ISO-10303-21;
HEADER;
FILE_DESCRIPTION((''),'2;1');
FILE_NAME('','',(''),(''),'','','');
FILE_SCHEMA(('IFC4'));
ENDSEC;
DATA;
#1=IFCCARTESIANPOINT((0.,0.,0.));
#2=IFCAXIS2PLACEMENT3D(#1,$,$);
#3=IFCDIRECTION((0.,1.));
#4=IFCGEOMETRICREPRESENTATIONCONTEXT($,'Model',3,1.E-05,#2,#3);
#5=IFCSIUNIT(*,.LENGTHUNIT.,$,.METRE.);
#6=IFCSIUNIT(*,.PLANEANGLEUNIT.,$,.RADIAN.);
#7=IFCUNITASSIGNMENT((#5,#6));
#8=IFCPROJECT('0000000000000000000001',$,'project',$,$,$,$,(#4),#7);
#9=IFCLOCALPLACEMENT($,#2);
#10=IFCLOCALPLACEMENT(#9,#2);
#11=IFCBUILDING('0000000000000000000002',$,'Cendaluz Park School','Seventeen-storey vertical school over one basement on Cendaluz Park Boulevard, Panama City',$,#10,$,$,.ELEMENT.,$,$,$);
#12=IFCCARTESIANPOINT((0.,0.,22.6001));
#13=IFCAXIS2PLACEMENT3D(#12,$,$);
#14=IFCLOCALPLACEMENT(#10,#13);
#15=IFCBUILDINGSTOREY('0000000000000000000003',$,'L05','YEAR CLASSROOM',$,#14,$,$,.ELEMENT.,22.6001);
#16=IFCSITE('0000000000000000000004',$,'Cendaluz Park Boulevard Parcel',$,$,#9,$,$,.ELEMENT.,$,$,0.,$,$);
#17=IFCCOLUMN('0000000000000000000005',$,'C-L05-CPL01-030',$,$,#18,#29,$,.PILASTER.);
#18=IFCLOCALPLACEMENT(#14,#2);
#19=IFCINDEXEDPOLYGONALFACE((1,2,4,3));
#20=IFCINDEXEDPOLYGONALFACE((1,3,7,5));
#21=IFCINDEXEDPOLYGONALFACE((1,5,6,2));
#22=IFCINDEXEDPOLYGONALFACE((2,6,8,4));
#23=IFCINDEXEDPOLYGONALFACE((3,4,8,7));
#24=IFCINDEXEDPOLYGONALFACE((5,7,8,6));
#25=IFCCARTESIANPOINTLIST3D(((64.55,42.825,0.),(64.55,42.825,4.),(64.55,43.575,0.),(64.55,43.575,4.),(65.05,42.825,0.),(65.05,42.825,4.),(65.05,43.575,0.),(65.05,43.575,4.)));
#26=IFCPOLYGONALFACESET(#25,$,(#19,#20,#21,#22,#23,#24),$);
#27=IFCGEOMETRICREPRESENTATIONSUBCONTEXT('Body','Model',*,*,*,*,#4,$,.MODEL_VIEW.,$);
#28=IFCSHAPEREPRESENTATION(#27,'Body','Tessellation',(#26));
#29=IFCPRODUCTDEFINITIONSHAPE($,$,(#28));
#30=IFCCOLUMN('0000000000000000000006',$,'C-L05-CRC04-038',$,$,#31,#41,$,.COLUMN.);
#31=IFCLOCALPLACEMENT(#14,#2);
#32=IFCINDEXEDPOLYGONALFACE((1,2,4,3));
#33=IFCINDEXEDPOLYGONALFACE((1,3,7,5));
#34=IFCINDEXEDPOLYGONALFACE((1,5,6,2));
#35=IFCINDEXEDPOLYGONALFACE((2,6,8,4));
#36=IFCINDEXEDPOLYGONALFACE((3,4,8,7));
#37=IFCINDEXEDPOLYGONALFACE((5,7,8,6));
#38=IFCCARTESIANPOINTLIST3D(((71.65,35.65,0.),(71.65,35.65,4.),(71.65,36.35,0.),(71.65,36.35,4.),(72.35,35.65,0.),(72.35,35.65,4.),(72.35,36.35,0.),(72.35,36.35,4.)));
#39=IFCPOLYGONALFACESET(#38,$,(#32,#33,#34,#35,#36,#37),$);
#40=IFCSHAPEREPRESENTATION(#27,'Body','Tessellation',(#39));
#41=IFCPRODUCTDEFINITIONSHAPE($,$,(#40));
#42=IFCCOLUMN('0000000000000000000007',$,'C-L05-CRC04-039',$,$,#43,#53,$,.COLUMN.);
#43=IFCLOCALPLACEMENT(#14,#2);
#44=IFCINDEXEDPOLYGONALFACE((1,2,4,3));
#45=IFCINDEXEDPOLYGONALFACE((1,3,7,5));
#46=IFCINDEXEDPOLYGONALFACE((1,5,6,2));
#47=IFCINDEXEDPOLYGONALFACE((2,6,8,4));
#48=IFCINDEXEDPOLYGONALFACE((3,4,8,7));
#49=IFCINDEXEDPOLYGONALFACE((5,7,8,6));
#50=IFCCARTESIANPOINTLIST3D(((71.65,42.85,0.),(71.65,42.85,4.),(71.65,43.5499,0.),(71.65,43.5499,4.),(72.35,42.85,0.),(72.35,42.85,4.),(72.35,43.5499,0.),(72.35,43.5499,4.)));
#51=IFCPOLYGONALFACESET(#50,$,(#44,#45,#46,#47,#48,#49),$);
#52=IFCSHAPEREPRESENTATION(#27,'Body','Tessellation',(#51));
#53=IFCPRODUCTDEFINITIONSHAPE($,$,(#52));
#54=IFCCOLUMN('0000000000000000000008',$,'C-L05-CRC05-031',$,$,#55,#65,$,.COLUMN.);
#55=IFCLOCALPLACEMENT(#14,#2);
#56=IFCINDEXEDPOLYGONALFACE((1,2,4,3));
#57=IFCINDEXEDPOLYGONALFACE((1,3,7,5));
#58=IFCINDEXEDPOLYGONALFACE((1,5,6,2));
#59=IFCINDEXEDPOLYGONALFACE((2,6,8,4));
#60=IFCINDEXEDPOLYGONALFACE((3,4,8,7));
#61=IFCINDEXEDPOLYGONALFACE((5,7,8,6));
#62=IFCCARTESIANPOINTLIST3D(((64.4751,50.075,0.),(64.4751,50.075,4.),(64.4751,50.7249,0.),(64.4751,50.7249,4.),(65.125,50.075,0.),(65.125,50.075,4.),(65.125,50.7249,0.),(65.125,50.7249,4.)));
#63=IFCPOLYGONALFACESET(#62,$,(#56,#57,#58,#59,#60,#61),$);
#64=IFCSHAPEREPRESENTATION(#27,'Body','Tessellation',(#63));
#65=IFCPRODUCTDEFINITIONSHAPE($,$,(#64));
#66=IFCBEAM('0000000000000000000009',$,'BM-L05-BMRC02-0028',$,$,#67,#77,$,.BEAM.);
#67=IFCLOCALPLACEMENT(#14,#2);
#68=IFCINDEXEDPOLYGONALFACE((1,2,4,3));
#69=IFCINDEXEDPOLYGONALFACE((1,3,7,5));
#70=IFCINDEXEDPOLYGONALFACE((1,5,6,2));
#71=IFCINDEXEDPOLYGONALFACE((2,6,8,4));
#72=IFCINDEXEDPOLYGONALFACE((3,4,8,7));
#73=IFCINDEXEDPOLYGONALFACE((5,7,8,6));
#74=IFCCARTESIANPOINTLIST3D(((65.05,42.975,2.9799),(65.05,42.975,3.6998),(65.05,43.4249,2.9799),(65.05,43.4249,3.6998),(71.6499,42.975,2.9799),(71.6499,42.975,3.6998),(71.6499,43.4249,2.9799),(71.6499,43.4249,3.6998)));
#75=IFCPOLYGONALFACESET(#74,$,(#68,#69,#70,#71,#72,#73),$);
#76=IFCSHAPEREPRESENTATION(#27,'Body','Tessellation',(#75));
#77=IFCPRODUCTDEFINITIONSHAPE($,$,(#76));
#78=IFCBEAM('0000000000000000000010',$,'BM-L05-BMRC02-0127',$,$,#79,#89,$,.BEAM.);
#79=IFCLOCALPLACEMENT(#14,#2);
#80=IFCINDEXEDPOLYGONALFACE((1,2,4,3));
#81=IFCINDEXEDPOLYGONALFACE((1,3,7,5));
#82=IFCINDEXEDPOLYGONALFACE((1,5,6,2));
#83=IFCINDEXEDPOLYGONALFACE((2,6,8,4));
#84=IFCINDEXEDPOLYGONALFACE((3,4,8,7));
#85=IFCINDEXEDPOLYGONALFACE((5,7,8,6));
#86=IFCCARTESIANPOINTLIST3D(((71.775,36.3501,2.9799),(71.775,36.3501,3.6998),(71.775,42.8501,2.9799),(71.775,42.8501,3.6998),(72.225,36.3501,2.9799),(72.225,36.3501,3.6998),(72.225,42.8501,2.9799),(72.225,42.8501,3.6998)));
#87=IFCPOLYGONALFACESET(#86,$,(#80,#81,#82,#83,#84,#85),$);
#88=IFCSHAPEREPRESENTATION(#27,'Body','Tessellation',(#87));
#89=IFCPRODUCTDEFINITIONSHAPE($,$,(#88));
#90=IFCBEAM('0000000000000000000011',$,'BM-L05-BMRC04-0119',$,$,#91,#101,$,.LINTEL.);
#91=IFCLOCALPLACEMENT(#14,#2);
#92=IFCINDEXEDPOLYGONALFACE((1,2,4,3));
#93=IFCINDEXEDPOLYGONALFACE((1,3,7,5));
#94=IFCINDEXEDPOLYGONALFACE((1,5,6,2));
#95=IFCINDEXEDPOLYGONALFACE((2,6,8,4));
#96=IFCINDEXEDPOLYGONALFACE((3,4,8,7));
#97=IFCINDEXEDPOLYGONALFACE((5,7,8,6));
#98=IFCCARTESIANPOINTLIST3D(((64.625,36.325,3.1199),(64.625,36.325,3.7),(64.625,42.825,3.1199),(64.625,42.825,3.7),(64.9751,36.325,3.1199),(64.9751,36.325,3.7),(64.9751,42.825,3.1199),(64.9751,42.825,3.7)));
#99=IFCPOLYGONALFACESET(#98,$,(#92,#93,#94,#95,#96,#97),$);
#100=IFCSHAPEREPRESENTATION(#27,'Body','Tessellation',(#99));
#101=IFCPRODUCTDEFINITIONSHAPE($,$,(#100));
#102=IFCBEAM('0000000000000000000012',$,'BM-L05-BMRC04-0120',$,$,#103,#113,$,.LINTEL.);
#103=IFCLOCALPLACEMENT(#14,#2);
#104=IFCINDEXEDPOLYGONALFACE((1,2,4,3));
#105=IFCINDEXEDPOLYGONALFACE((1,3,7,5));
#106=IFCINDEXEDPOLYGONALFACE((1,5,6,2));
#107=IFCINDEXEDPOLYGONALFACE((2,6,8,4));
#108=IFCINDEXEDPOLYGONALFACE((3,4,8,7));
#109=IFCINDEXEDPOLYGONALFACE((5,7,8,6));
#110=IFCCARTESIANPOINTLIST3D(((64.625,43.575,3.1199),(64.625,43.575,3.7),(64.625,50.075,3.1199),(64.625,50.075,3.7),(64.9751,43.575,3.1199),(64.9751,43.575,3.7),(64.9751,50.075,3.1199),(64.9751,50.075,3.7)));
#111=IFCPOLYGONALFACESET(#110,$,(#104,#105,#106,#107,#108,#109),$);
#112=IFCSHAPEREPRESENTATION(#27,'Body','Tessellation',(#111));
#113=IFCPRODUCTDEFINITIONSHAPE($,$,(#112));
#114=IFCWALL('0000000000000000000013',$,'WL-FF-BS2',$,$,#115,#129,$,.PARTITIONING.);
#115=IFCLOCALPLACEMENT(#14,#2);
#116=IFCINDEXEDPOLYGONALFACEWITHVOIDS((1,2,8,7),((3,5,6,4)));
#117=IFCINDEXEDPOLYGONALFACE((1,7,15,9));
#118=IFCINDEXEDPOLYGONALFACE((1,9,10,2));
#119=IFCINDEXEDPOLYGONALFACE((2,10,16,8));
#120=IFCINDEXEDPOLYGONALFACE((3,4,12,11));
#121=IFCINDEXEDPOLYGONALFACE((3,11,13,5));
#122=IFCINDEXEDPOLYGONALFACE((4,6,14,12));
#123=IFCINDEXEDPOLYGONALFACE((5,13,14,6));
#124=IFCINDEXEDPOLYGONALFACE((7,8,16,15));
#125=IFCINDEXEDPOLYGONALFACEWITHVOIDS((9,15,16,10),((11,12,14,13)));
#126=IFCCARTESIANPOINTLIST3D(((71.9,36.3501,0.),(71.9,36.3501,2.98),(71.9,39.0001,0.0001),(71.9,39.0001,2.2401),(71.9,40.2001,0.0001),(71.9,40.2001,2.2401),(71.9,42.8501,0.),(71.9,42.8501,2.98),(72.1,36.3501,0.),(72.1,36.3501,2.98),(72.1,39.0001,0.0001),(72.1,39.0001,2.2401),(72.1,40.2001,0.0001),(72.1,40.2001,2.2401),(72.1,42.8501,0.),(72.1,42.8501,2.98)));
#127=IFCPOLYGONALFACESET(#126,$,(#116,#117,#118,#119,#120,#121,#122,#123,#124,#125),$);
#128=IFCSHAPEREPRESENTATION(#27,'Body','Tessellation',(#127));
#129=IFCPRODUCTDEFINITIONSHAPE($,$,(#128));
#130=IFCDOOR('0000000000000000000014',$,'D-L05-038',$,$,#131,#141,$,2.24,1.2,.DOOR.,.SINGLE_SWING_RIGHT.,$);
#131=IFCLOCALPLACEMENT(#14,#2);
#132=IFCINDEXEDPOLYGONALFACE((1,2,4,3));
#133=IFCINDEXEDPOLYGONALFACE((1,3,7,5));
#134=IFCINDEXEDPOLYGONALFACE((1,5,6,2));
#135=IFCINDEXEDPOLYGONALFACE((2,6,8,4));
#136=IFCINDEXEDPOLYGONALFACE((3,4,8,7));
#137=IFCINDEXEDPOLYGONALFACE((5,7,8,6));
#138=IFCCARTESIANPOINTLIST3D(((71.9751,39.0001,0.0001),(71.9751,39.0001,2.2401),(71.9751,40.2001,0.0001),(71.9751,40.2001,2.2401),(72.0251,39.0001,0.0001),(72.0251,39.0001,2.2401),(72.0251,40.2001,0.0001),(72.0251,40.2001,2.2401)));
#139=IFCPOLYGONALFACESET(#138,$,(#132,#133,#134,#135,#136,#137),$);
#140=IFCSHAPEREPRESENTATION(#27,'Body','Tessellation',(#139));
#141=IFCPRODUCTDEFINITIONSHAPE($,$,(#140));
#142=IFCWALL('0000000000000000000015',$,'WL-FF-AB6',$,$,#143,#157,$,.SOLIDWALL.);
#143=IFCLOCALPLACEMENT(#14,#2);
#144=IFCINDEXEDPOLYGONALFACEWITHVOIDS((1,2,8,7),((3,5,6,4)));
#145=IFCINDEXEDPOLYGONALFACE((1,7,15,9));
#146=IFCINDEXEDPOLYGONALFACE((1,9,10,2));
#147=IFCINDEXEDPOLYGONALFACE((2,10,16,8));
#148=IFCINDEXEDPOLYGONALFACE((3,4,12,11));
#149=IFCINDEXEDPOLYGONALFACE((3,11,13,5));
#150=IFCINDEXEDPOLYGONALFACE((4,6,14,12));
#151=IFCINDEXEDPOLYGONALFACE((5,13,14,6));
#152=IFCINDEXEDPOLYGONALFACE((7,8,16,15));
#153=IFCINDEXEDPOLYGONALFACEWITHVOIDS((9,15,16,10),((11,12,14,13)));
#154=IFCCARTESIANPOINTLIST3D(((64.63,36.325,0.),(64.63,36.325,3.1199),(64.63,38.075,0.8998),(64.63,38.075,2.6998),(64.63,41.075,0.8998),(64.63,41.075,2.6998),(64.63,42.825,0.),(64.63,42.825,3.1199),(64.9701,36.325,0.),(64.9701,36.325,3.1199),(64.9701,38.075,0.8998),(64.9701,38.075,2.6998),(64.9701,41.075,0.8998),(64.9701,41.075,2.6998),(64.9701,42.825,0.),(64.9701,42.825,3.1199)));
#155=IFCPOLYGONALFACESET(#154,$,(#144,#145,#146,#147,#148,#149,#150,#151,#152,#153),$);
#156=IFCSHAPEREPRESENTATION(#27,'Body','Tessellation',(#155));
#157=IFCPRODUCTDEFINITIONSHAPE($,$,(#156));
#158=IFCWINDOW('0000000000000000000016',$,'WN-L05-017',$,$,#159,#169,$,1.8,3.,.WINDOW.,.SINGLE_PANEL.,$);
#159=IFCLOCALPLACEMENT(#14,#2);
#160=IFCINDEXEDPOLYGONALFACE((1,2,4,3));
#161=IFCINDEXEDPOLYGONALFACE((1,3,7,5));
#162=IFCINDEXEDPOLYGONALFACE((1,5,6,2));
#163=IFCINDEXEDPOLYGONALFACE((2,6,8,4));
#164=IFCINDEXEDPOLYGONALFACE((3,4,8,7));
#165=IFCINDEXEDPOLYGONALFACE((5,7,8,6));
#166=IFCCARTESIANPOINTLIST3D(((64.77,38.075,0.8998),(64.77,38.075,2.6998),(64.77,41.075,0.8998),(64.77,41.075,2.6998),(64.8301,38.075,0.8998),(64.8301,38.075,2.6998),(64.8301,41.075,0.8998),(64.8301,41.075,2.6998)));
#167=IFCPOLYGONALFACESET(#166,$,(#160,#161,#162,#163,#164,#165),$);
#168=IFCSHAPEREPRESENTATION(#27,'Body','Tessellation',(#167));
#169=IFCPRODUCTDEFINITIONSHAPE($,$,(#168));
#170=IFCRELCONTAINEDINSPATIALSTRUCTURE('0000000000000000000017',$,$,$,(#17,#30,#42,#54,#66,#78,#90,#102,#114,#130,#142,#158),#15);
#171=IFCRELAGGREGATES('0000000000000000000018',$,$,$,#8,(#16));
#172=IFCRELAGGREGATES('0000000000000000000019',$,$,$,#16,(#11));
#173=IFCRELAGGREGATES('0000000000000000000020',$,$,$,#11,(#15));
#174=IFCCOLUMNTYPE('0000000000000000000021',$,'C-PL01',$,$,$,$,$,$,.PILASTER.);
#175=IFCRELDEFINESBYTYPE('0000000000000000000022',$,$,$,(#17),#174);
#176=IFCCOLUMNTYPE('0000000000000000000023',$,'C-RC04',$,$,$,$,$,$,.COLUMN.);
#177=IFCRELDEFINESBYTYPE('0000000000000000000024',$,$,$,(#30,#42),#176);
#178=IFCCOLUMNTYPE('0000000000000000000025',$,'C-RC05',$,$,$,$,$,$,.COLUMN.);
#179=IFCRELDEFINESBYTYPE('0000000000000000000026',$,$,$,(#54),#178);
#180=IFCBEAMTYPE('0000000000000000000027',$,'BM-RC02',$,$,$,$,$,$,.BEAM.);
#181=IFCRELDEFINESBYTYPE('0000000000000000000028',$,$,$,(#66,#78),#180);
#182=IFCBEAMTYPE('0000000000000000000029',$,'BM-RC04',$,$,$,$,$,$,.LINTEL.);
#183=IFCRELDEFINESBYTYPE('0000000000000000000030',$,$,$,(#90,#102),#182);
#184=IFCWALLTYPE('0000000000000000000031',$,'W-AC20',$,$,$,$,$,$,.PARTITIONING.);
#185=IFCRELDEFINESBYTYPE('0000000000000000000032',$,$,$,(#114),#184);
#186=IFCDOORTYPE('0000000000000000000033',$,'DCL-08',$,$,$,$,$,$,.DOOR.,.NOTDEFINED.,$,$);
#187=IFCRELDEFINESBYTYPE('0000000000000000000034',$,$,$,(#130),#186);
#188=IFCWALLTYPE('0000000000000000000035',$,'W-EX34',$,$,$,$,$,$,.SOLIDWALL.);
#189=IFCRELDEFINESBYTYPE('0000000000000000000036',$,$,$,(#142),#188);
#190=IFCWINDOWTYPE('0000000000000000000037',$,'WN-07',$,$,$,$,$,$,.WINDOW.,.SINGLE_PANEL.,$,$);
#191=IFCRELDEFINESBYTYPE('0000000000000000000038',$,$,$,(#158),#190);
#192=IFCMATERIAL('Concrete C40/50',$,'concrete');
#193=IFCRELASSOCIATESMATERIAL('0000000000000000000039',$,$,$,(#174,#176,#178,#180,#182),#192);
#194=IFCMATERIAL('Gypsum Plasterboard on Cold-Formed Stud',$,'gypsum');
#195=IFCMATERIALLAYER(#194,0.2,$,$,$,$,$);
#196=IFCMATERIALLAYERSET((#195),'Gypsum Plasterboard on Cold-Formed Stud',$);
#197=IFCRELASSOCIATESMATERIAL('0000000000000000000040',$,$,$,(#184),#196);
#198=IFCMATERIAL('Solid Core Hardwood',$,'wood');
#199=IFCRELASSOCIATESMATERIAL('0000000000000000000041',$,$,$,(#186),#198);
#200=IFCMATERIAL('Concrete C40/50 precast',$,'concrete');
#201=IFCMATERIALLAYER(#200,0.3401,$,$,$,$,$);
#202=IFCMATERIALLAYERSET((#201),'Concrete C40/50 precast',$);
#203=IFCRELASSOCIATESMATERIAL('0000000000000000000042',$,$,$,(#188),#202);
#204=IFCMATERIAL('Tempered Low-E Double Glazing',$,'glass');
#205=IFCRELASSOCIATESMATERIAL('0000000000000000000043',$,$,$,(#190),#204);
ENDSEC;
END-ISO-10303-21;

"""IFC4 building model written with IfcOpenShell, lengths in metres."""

from ifc_helpers import new_model, si_unit, direction, frame, frame_2d, origin, origin_2d, place, context, subcontext, project, spatial, rectangle, extrude, material, layer, layer_set, material_profile, profile_set, type_object, element, fill, save


model = new_model("IFC4")

# Units and contexts
model_context = context("Model", 3, precision=1e-05, world=origin(), true_north=direction((0.0, 1.0)))
body_context = subcontext(model_context, "Body", "Model", "MODEL_VIEW")
ifc_project = project(units=[si_unit("LENGTHUNIT", "METRE"), si_unit("PLANEANGLEUNIT", "RADIAN")], contexts=[model_context])

# Site, building, storey
site_placement = place(None, origin())
site = spatial("IfcSite", under=ifc_project, at=site_placement, Name="Cendaluz Park Boulevard Parcel", CompositionType="ELEMENT", RefElevation=0.0)
building_placement = place(site_placement, origin())
building = spatial("IfcBuilding", under=site, at=building_placement, Name="Cendaluz Park School", Description="Seventeen-storey vertical school over one basement on Cendaluz Park Boulevard, Panama City", CompositionType="ELEMENT")
storey_placement = place(building_placement, frame((0.0, 0.0, 22.6001)))
storey = spatial("IfcBuildingStorey", under=building, at=storey_placement, Name="L05", Description="YEAR CLASSROOM", CompositionType="ELEMENT", Elevation=22.6001)

# Columns
ifc_material_1 = material(Name="Concrete C40/50", Category="concrete")
ifc_material_profile_1 = material_profile(ifc_material_1, rectangle(XDim=0.5, YDim=0.75, at=origin_2d()), Name="RC 500x750", Category="concrete")
ifc_profile_set_1 = profile_set([ifc_material_profile_1], Name="Concrete C40/50")
column_type_1 = type_object("IfcColumnType", Name="C-PL01", PredefinedType="PILASTER", material=ifc_profile_set_1)
column_1_placement = place(storey_placement, frame((64.8, 43.2, 0.0), z_axis=(0.0, 0.0, 1.0), x_axis=(1.0, 0.0, 0.0)))
element("IfcColumn", 1, at=column_1_placement, inside=storey, type_object=column_type_1, Name="C-L05-CPL01-030", PredefinedType="PILASTER", context=body_context, shape_type="SweptSolid", body=[
    extrude(rectangle(XDim=0.5, YDim=0.75, at=origin_2d()), origin(), (0.0, 0.0, 1.0), 4.0),
])
ifc_material_profile_2 = material_profile(ifc_material_1, rectangle(XDim=0.7, YDim=0.7, at=origin_2d()), Name="RC 700x700", Category="concrete")
ifc_profile_set_2 = profile_set([ifc_material_profile_2], Name="Concrete C40/50")
column_type_2 = type_object("IfcColumnType", Name="C-RC04", PredefinedType="COLUMN", material=ifc_profile_set_2)
for number, where, z_axis, x_axis, name in (
    (2, (72.0, 36.0, 0.0), (0.0, 0.0, 1.0), (1.0, 0.0, 0.0), "C-L05-CRC04-038"),
    (3, (72.0, 43.2, 0.0), (0.0, 0.0, 1.0), (1.0, 0.0, 0.0), "C-L05-CRC04-039"),
):
    element("IfcColumn", number, at=place(storey_placement, frame(where, z_axis=z_axis, x_axis=x_axis)), inside=storey, type_object=column_type_2, Name=name, PredefinedType="COLUMN", context=body_context, shape_type="SweptSolid", body=[
        extrude(rectangle(XDim=0.7, YDim=0.7, at=origin_2d()), origin(), (0.0, 0.0, 1.0), 4.0),
    ])
ifc_material_profile_3 = material_profile(ifc_material_1, rectangle(XDim=0.6499, YDim=0.6499, at=origin_2d()), Name="RC 650x650", Category="concrete")
ifc_profile_set_3 = profile_set([ifc_material_profile_3], Name="Concrete C40/50")
column_type_3 = type_object("IfcColumnType", Name="C-RC05", PredefinedType="COLUMN", material=ifc_profile_set_3)
column_2_placement = place(storey_placement, frame((64.8, 50.3999, 0.0), z_axis=(0.0, 0.0, 1.0), x_axis=(1.0, 0.0, 0.0)))
element("IfcColumn", 4, at=column_2_placement, inside=storey, type_object=column_type_3, Name="C-L05-CRC05-031", PredefinedType="COLUMN", context=body_context, shape_type="SweptSolid", body=[
    extrude(rectangle(XDim=0.6499, YDim=0.6499, at=origin_2d()), origin(), (0.0, 0.0, 1.0), 4.0),
])

# Beams
ifc_material_profile_4 = material_profile(ifc_material_1, rectangle(XDim=0.45, YDim=0.72, at=origin_2d()), Name="RC 450x720", Category="concrete")
ifc_profile_set_4 = profile_set([ifc_material_profile_4], Name="Concrete C40/50")
beam_type_1 = type_object("IfcBeamType", Name="BM-RC02", PredefinedType="BEAM", material=ifc_profile_set_4)
beam_1_placement = place(storey_placement, frame((65.05, 43.2, 3.3398), z_axis=(1.0, 0.0, 0.0), x_axis=(0.0, 1.0, 0.0)))
element("IfcBeam", 5, at=beam_1_placement, inside=storey, type_object=beam_type_1, Name="BM-L05-BMRC02-0028", PredefinedType="BEAM", context=body_context, shape_type="SweptSolid", body=[
    extrude(rectangle(XDim=0.45, YDim=0.72, at=origin_2d()), origin(), (0.0, 0.0, 1.0), 6.5999),
])
beam_2_placement = place(storey_placement, frame((72.0, 36.3501, 3.3398), z_axis=(0.0, 1.0, 0.0), x_axis=(-1.0, 0.0, 0.0)))
element("IfcBeam", 6, at=beam_2_placement, inside=storey, type_object=beam_type_1, Name="BM-L05-BMRC02-0127", PredefinedType="BEAM", context=body_context, shape_type="SweptSolid", body=[
    extrude(rectangle(XDim=0.45, YDim=0.72, at=origin_2d()), origin(), (0.0, 0.0, 1.0), 6.5),
])
ifc_material_profile_5 = material_profile(ifc_material_1, rectangle(XDim=0.3501, YDim=0.5801, at=origin_2d()), Name="RC 350x580", Category="concrete")
ifc_profile_set_5 = profile_set([ifc_material_profile_5], Name="Concrete C40/50")
beam_type_2 = type_object("IfcBeamType", Name="BM-RC04", PredefinedType="LINTEL", material=ifc_profile_set_5)
for number, where, z_axis, x_axis, name in (
    (7, (64.8, 36.325, 3.4099), (0.0, 1.0, 0.0), (-1.0, 0.0, 0.0), "BM-L05-BMRC04-0119"),
    (8, (64.8, 43.575, 3.4099), (0.0, 1.0, 0.0), (-1.0, 0.0, 0.0), "BM-L05-BMRC04-0120"),
):
    element("IfcBeam", number, at=place(storey_placement, frame(where, z_axis=z_axis, x_axis=x_axis)), inside=storey, type_object=beam_type_2, Name=name, PredefinedType="LINTEL", context=body_context, shape_type="SweptSolid", body=[
        extrude(rectangle(XDim=0.3501, YDim=0.5801, at=origin_2d()), origin(), (0.0, 0.0, 1.0), 6.5),
    ])

# Wall, opening, door
ifc_material_2 = material(Name="Gypsum Plasterboard on Cold-Formed Stud", Category="gypsum")
ifc_layer_1 = layer(ifc_material_2, 0.2)
ifc_layer_set_1 = layer_set([ifc_layer_1], Name="Gypsum Plasterboard on Cold-Formed Stud")
wall_type_1 = type_object("IfcWallType", Name="W-AC20", PredefinedType="PARTITIONING", material=ifc_layer_set_1)
wall_1_placement = place(storey_placement, frame((72.0, 36.3501, 0.0), z_axis=(0.0, 0.0, 1.0), x_axis=(0.0, 1.0, 0.0)))
wall_1 = element("IfcWall", 9, at=wall_1_placement, inside=storey, type_object=wall_type_1, Name="WL-FF-BS2", PredefinedType="PARTITIONING", context=body_context, shape_type="SweptSolid", body=[
    extrude(rectangle(XDim=6.5, YDim=0.2, at=frame_2d((3.25, 0.0))), origin(), (0.0, 0.0, 1.0), 2.98),
])
opening_1_placement = place(wall_1_placement, frame((2.6499, 0.0, 0.0)))
opening_1 = element("IfcOpeningElement", 10, at=opening_1_placement, cuts=wall_1, PredefinedType="OPENING", context=body_context, shape_type="SweptSolid", body=[
    extrude(rectangle(XDim=1.2, YDim=2.24, at=frame_2d((0.6001, 1.1201))), frame((0.0, 0.1121, 0.0), z_axis=(0.0, -1.0, 0.0), x_axis=(1.0, 0.0, 0.0)), (0.0, 0.0, 1.0), 0.2239),
])
ifc_material_3 = material(Name="Solid Core Hardwood", Category="wood")
door_type_1 = type_object("IfcDoorType", Name="DCL-08", OperationType="NOTDEFINED", PredefinedType="DOOR", material=ifc_material_3)
door_1_placement = place(opening_1_placement, origin())
door_1 = element("IfcDoor", 11, at=door_1_placement, inside=storey, type_object=door_type_1, Name="D-L05-038", OperationType="SINGLE_SWING_RIGHT", OverallHeight=2.24, OverallWidth=1.2, PredefinedType="DOOR", context=body_context, shape_type="SweptSolid", body=[
    extrude(rectangle(XDim=1.2, YDim=2.24, at=frame_2d((0.6001, 1.1201))), frame((0.0, 0.0249, 0.0), z_axis=(0.0, -1.0, 0.0), x_axis=(1.0, 0.0, 0.0)), (0.0, 0.0, 1.0), 0.05),
])
fill(opening_1, door_1)

# Wall, opening, window
ifc_material_4 = material(Name="Concrete C40/50 precast", Category="concrete")
ifc_layer_2 = layer(ifc_material_4, 0.3401)
ifc_layer_set_2 = layer_set([ifc_layer_2], Name="Concrete C40/50 precast")
wall_type_2 = type_object("IfcWallType", Name="W-EX34", PredefinedType="SOLIDWALL", material=ifc_layer_set_2)
wall_2_placement = place(storey_placement, frame((64.8, 36.325, 0.0), z_axis=(0.0, 0.0, 1.0), x_axis=(0.0, 1.0, 0.0)))
wall_2 = element("IfcWall", 12, at=wall_2_placement, inside=storey, type_object=wall_type_2, Name="WL-FF-AB6", PredefinedType="SOLIDWALL", context=body_context, shape_type="SweptSolid", body=[
    extrude(rectangle(XDim=6.5, YDim=0.3401, at=frame_2d((3.25, 0.0))), origin(), (0.0, 0.0, 1.0), 3.1199),
])
opening_2_placement = place(wall_2_placement, frame((1.75, 0.0, 0.8999)))
opening_2 = element("IfcOpeningElement", 13, at=opening_2_placement, cuts=wall_2, PredefinedType="OPENING", context=body_context, shape_type="SweptSolid", body=[
    extrude(rectangle(XDim=3.0, YDim=1.8, at=frame_2d((1.5, 0.8999))), frame((0.0, 0.1821, 0.0), z_axis=(0.0, -1.0, 0.0), x_axis=(1.0, 0.0, 0.0)), (0.0, 0.0, 1.0), 0.364),
])
ifc_material_5 = material(Name="Tempered Low-E Double Glazing", Category="glass")
window_type = type_object("IfcWindowType", Name="WN-07", PartitioningType="SINGLE_PANEL", PredefinedType="WINDOW", material=ifc_material_5)
window_placement = place(opening_2_placement, origin())
window = element("IfcWindow", 14, at=window_placement, inside=storey, type_object=window_type, Name="WN-L05-017", OverallHeight=1.8, OverallWidth=3.0, PartitioningType="SINGLE_PANEL", PredefinedType="WINDOW", context=body_context, shape_type="SweptSolid", body=[
    extrude(rectangle(XDim=3.0, YDim=1.8, at=frame_2d((1.5, 0.8999))), frame((0.0, 0.03, 0.0), z_axis=(0.0, -1.0, 0.0), x_axis=(1.0, 0.0, 0.0)), (0.0, 0.0, 1.0), 0.0601),
])
fill(opening_2, window)

save(model, "model.ifc")
